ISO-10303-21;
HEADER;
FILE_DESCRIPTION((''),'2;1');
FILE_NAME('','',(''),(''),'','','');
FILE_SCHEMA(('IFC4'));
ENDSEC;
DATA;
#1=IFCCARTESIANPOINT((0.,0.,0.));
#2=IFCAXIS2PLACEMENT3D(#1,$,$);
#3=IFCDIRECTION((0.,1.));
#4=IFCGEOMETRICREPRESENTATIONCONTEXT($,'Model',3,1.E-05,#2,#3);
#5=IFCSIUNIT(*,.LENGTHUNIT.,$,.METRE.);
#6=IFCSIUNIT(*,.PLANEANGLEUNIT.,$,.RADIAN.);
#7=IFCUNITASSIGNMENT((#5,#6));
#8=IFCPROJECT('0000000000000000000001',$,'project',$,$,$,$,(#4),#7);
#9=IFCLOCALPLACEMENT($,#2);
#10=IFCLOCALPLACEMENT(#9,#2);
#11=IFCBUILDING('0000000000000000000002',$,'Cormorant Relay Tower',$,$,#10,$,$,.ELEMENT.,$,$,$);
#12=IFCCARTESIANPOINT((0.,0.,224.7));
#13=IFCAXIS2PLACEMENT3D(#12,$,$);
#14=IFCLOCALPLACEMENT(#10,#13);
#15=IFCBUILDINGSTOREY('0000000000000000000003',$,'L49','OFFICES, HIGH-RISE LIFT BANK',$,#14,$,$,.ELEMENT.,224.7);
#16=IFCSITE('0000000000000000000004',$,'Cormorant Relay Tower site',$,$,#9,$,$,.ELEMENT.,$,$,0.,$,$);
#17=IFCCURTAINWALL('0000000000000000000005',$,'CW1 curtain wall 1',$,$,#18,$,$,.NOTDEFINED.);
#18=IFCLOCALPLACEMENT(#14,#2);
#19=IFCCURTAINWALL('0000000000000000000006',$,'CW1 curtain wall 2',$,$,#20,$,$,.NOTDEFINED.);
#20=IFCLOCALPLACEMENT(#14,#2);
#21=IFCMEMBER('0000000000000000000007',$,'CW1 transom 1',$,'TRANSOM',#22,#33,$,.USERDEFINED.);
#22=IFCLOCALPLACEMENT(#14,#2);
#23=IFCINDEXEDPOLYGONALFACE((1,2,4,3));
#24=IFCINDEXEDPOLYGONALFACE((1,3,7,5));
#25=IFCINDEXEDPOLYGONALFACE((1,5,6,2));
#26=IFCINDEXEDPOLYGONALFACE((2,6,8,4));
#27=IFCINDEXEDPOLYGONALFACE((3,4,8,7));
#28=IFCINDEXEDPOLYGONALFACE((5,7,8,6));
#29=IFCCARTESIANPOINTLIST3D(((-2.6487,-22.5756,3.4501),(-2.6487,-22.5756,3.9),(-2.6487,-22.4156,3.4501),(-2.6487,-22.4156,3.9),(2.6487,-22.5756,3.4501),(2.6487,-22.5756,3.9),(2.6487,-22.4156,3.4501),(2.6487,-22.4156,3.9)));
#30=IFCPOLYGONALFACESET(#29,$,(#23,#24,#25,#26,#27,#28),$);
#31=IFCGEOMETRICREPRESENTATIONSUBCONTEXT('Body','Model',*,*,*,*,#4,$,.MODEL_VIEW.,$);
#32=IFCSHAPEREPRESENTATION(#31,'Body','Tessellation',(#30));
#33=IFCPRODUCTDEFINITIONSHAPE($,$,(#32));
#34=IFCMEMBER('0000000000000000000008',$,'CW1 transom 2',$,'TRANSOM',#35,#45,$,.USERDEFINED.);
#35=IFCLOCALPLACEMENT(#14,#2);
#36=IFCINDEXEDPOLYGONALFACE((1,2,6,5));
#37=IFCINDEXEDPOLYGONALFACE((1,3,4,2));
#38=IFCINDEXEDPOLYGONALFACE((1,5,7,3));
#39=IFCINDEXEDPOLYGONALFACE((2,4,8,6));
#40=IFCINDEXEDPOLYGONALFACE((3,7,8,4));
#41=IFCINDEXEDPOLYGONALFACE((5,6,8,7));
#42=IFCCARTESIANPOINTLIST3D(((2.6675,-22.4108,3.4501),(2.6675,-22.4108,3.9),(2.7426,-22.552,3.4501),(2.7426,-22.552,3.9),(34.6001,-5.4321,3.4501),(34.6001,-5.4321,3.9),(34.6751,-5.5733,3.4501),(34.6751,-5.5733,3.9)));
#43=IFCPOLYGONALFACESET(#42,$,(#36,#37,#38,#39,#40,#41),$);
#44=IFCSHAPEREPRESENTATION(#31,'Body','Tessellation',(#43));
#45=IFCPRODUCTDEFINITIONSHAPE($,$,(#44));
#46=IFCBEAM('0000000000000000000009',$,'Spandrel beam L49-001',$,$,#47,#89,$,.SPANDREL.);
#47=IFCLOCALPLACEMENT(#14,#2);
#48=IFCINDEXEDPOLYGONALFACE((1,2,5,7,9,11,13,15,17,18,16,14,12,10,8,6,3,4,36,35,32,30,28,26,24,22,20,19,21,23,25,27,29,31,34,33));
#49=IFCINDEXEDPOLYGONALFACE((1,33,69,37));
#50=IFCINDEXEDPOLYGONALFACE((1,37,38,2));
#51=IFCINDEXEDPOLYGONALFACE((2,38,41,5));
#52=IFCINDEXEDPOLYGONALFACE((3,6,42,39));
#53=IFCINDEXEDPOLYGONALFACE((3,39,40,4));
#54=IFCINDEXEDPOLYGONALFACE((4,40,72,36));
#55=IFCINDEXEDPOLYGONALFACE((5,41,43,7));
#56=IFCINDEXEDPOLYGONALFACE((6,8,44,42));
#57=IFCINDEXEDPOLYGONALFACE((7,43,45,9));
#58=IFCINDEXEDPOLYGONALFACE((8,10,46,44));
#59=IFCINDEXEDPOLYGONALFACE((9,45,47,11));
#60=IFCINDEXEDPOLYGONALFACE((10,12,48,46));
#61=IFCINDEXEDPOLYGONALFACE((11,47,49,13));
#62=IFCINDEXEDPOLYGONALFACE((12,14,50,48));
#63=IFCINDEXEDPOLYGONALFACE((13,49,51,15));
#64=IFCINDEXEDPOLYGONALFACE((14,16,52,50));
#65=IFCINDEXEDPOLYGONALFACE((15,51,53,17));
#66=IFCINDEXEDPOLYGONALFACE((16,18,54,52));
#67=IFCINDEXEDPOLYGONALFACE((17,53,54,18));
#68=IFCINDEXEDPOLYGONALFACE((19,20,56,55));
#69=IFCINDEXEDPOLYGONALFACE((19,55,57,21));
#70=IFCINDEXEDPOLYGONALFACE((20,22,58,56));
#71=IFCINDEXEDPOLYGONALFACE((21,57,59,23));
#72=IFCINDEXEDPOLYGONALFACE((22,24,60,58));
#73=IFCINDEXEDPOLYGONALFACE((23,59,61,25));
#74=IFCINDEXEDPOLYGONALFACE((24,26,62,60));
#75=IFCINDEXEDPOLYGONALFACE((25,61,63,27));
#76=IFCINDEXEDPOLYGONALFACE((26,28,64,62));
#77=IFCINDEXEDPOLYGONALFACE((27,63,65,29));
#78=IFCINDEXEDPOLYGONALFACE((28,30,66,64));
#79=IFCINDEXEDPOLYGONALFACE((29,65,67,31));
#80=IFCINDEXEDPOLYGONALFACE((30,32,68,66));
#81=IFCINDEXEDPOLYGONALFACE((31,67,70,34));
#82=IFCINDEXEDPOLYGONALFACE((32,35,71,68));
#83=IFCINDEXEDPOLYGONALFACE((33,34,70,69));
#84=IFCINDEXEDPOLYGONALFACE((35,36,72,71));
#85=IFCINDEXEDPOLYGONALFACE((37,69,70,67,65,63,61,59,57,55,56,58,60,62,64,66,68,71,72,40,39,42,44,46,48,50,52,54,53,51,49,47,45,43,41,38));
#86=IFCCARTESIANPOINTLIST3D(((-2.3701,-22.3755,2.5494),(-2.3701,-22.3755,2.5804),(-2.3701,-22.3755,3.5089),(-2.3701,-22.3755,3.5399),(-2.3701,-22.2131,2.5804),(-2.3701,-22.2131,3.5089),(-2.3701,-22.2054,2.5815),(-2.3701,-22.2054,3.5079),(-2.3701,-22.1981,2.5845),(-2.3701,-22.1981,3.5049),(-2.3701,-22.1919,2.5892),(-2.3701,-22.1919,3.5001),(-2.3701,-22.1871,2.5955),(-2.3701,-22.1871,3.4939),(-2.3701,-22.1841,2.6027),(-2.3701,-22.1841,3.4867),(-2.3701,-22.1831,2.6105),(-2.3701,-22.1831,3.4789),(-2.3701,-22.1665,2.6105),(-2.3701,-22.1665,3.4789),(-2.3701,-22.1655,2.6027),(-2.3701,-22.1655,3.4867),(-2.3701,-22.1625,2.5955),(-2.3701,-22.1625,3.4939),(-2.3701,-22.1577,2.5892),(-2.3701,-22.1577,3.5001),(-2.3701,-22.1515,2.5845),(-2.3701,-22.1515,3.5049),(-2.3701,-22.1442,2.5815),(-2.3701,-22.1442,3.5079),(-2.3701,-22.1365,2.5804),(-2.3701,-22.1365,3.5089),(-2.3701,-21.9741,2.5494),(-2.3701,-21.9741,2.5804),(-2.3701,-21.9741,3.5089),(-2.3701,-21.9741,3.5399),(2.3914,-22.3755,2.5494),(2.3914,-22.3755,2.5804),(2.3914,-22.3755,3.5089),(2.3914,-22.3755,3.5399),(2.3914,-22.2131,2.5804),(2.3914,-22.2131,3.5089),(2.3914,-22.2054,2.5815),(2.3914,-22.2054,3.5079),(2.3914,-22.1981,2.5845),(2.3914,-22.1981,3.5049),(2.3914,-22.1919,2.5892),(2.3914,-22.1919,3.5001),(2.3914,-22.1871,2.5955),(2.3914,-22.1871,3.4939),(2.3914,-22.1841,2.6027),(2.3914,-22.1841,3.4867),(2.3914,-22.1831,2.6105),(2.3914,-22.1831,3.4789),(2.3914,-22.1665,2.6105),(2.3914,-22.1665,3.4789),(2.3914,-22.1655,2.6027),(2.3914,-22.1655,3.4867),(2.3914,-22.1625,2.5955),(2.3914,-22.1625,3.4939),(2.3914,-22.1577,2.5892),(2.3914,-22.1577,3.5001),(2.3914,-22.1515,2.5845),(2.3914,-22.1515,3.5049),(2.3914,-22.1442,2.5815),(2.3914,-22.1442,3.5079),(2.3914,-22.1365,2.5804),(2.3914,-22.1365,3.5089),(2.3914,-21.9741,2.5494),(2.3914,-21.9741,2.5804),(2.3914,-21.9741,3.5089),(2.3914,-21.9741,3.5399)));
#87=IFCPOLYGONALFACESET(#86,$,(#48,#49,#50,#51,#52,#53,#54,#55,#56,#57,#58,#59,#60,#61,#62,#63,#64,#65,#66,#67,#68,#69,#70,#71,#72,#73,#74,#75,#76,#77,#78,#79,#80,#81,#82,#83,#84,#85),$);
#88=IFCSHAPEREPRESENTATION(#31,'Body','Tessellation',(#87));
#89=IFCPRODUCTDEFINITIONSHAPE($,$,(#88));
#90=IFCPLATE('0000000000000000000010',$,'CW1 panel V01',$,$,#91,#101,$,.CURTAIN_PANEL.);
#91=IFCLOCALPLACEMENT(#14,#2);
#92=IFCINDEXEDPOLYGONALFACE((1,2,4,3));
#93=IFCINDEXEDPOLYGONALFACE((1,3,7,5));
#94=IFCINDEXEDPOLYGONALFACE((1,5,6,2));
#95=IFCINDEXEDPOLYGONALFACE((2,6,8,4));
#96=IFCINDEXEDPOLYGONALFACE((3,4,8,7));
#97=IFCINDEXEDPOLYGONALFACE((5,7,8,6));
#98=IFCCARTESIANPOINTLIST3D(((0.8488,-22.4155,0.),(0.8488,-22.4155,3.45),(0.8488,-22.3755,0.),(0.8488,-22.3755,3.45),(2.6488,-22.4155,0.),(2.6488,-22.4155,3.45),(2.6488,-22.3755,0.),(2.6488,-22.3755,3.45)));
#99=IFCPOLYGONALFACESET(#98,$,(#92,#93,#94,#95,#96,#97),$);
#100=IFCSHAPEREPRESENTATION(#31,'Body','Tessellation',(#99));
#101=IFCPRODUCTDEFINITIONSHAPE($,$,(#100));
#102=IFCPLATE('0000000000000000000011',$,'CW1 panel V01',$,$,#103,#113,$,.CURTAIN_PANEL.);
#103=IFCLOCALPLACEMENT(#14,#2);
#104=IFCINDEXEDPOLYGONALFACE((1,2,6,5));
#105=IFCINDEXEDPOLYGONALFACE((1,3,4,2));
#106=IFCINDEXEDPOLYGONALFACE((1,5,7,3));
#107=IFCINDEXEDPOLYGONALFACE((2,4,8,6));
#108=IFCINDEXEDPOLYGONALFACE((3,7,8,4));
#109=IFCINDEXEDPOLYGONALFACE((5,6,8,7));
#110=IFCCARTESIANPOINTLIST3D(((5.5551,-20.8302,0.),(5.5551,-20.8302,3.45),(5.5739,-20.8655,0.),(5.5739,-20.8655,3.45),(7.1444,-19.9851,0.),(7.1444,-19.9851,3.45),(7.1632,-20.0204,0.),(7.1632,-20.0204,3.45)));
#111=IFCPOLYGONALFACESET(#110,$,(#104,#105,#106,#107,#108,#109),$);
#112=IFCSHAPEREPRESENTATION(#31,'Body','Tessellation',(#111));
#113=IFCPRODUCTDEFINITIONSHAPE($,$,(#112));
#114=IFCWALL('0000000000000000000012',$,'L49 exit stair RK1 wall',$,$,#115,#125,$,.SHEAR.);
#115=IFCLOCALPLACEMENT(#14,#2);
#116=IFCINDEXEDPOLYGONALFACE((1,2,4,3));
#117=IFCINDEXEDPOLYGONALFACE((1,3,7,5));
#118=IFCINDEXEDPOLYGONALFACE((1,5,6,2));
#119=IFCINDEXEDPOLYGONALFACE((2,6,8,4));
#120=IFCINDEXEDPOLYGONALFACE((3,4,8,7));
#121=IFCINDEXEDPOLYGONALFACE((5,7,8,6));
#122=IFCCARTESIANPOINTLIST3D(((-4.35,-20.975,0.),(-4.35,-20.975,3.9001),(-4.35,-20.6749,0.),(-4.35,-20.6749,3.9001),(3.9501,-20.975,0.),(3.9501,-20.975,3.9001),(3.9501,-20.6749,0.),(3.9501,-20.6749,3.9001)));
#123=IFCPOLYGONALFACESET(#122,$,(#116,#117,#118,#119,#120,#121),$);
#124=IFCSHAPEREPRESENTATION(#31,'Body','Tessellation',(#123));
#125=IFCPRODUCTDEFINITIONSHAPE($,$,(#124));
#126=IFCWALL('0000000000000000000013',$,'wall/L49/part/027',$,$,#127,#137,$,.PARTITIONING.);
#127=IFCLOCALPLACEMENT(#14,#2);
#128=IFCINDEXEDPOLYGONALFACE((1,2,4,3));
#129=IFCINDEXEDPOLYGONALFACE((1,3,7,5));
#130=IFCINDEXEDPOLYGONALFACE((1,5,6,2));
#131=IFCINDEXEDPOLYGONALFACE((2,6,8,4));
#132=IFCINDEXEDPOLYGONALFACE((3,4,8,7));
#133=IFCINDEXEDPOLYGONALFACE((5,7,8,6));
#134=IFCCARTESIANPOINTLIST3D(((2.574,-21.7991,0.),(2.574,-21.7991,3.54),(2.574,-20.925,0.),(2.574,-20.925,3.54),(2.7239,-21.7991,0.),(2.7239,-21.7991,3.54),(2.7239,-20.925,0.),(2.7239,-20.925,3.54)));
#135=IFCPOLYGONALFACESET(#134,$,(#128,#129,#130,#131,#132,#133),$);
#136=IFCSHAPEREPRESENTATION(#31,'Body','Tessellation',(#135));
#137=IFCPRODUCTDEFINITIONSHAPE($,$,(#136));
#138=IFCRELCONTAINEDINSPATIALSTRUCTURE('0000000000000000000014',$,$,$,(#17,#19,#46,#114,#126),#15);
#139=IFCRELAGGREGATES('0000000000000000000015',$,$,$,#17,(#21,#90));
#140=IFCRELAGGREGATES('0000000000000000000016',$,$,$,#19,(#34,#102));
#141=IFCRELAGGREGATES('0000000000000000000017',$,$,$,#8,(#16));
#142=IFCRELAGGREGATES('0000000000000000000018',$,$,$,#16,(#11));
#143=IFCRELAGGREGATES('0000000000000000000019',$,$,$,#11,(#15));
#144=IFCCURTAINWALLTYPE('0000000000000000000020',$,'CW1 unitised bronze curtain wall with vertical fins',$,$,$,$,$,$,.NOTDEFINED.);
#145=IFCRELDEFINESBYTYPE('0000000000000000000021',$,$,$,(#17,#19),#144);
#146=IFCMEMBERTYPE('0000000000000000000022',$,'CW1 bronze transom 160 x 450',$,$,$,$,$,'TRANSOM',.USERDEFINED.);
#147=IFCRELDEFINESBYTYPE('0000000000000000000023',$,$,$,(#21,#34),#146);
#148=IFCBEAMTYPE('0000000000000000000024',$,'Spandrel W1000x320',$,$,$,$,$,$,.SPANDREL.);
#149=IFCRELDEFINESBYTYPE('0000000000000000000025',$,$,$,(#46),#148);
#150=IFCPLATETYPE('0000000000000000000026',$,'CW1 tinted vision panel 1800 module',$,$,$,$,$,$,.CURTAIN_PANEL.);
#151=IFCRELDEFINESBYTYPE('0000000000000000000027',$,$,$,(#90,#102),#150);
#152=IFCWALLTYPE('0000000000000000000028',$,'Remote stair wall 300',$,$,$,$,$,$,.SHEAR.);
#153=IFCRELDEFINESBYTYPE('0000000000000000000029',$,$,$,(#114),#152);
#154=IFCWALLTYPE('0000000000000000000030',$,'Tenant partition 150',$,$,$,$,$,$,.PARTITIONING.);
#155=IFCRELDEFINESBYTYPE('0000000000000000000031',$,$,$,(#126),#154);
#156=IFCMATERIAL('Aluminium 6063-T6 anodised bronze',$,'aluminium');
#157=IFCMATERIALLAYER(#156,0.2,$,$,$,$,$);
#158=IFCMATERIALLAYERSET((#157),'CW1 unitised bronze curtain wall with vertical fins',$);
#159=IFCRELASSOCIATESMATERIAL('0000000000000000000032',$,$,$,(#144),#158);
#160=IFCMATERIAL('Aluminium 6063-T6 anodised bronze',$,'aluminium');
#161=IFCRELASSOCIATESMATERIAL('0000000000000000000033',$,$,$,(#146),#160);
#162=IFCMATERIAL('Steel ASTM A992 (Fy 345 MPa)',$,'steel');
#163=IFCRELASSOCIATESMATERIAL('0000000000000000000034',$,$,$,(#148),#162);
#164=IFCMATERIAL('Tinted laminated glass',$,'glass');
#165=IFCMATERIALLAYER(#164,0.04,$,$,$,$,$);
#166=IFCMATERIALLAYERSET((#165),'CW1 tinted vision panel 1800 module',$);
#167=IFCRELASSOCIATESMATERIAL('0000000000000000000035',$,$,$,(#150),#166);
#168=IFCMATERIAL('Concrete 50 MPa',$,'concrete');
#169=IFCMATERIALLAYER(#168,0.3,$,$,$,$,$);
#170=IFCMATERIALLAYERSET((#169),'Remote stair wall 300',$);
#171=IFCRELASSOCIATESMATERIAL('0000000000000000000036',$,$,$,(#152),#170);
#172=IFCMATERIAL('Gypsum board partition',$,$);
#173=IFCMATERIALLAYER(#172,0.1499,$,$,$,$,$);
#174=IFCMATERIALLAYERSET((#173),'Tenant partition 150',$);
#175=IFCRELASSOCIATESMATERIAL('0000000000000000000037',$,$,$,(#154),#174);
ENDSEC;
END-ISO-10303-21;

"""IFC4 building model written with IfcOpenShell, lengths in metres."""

from ifc_helpers import new_model, si_unit, direction, frame, frame_2d, origin, origin_2d, place, context, subcontext, project, spatial, rectangle, i_section, extrude, material, layer, layer_set, material_profile, profile_set, type_object, element, aggregate, save


model = new_model("IFC4")

# Units and contexts
model_context = context("Model", 3, precision=1e-05, world=origin(), true_north=direction((0.0, 1.0)))
body_context = subcontext(model_context, "Body", "Model", "MODEL_VIEW")
ifc_project = project(units=[si_unit("LENGTHUNIT", "METRE"), si_unit("PLANEANGLEUNIT", "RADIAN")], contexts=[model_context])

# Site, building, storey
site_placement = place(None, origin())
site = spatial("IfcSite", under=ifc_project, at=site_placement, Name="Cormorant Relay Tower site", CompositionType="ELEMENT", RefElevation=0.0)
building_placement = place(site_placement, origin())
building = spatial("IfcBuilding", under=site, at=building_placement, Name="Cormorant Relay Tower", CompositionType="ELEMENT")
storey_placement = place(building_placement, frame((0.0, 0.0, 224.7)))
storey = spatial("IfcBuildingStorey", under=building, at=storey_placement, Name="L49", Description="OFFICES, HIGH-RISE LIFT BANK", CompositionType="ELEMENT", Elevation=224.7)

# Curtain wall
ifc_material_1 = material(Name="Aluminium 6063-T6 anodised bronze", Category="aluminium")
ifc_layer_1 = layer(ifc_material_1, 0.2)
ifc_layer_set_1 = layer_set([ifc_layer_1], Name="CW1 unitised bronze curtain wall with vertical fins")
curtain_wall_type = type_object("IfcCurtainWallType", Name="CW1 unitised bronze curtain wall with vertical fins", PredefinedType="NOTDEFINED", material=ifc_layer_set_1)
curtain_wall_1_placement = place(storey_placement, origin())
curtain_wall_1 = element("IfcCurtainWall", 1, at=curtain_wall_1_placement, inside=storey, type_object=curtain_wall_type, Name="CW1 curtain wall 1", PredefinedType="NOTDEFINED")

# Curtain wall
curtain_wall_2_placement = place(storey_placement, origin())
curtain_wall_2 = element("IfcCurtainWall", 2, at=curtain_wall_2_placement, inside=storey, type_object=curtain_wall_type, Name="CW1 curtain wall 2", PredefinedType="NOTDEFINED")

# Members
ifc_material_2 = material(Name="Aluminium 6063-T6 anodised bronze", Category="aluminium")
ifc_material_profile_1 = material_profile(ifc_material_2, rectangle(XDim=0.1599, YDim=0.45, at=origin_2d()), Name="AL 160x450")
ifc_profile_set_1 = profile_set([ifc_material_profile_1], Name="Aluminium 6063-T6 anodised bronze")
member_type_1 = type_object("IfcMemberType", Name="CW1 bronze transom 160 x 450", ElementType="TRANSOM", PredefinedType="USERDEFINED", material=ifc_profile_set_1)
member_1_placement = place(storey_placement, frame((-2.6487, -22.4956, 3.675), z_axis=(1.0, 0.0, 0.0), x_axis=(0.0, 1.0, 0.0)))
member_1 = element("IfcMember", 3, at=member_1_placement, type_object=member_type_1, Name="CW1 transom 1", ObjectType="TRANSOM", PredefinedType="USERDEFINED", context=body_context, shape_type="SweptSolid", body=[
    extrude(rectangle(XDim=0.1599, YDim=0.45, at=origin_2d()), origin(), (0.0, 0.0, 1.0), 5.2974),
])
member_2_placement = place(storey_placement, frame((2.7051, -22.4814, 3.675), z_axis=(0.882949, 0.469469, 0.0), x_axis=(-0.469469, 0.882949, 0.0)))
member_2 = element("IfcMember", 4, at=member_2_placement, type_object=member_type_1, Name="CW1 transom 2", ObjectType="TRANSOM", PredefinedType="USERDEFINED", context=body_context, shape_type="SweptSolid", body=[
    extrude(rectangle(XDim=0.1599, YDim=0.45, at=origin_2d()), origin(), (0.0, 0.0, 1.0), 36.1658),
])

# Beam
ifc_material_3 = material(Name="Steel ASTM A992 (Fy 345 MPa)", Category="steel")
ifc_material_profile_2 = material_profile(ifc_material_3, i_section(OverallWidth=0.4014, OverallDepth=0.9905, WebThickness=0.0166, FlangeThickness=0.031, FilletRadius=0.03, at=origin_2d()), Name="W1000x320")
ifc_profile_set_2 = profile_set([ifc_material_profile_2], Name="Steel ASTM A992 (Fy 345 MPa)")
beam_type = type_object("IfcBeamType", Name="Spandrel W1000x320", PredefinedType="SPANDREL", material=ifc_profile_set_2)
beam_placement = place(storey_placement, frame((-2.3701, -22.1748, 3.0447), z_axis=(1.0, 0.0, 0.0), x_axis=(0.0, 1.0, 0.0)))
element("IfcBeam", 5, at=beam_placement, inside=storey, type_object=beam_type, Name="Spandrel beam L49-001", PredefinedType="SPANDREL", context=body_context, shape_type="SweptSolid", body=[
    extrude(i_section(OverallWidth=0.4014, OverallDepth=0.9905, WebThickness=0.0166, FlangeThickness=0.031, FilletRadius=0.03, at=origin_2d()), origin(), (0.0, 0.0, 1.0), 4.7615),
])

# Plates
ifc_material_4 = material(Name="Tinted laminated glass", Category="glass")
ifc_layer_2 = layer(ifc_material_4, 0.04)
ifc_layer_set_2 = layer_set([ifc_layer_2], Name="CW1 tinted vision panel 1800 module")
plate_type = type_object("IfcPlateType", Name="CW1 tinted vision panel 1800 module", PredefinedType="CURTAIN_PANEL", material=ifc_layer_set_2)
plate_1_placement = place(storey_placement, frame((1.7488, -22.3955, 0.0), z_axis=(0.0, 0.0, 1.0), x_axis=(1.0, 0.0, 0.0)))
plate_1 = element("IfcPlate", 6, at=plate_1_placement, type_object=plate_type, Name="CW1 panel V01", PredefinedType="CURTAIN_PANEL", context=body_context, shape_type="SweptSolid", body=[
    extrude(rectangle(XDim=1.8, YDim=0.04, at=origin_2d()), origin(), (0.0, 0.0, 1.0), 3.45),
])
plate_2_placement = place(storey_placement, frame((6.3591, -20.4253, 0.0), z_axis=(0.0, 0.0, 1.0), x_axis=(0.882948, 0.469472, 0.0)))
plate_2 = element("IfcPlate", 7, at=plate_2_placement, type_object=plate_type, Name="CW1 panel V01", PredefinedType="CURTAIN_PANEL", context=body_context, shape_type="SweptSolid", body=[
    extrude(rectangle(XDim=1.8, YDim=0.04, at=origin_2d()), origin(), (0.0, 0.0, 1.0), 3.45),
])

# Walls
ifc_material_5 = material(Name="Concrete 50 MPa", Category="concrete")
ifc_layer_3 = layer(ifc_material_5, 0.3)
ifc_layer_set_3 = layer_set([ifc_layer_3], Name="Remote stair wall 300")
wall_type_1 = type_object("IfcWallType", Name="Remote stair wall 300", PredefinedType="SHEAR", material=ifc_layer_set_3)
wall_1_placement = place(storey_placement, frame((3.95, -20.825, 0.0), z_axis=(0.0, 0.0, 1.0), x_axis=(-1.0, 0.0, 0.0)))
element("IfcWall", 8, at=wall_1_placement, inside=storey, type_object=wall_type_1, Name="L49 exit stair RK1 wall", PredefinedType="SHEAR", context=body_context, shape_type="SweptSolid", body=[
    extrude(rectangle(XDim=8.3, YDim=0.3, at=frame_2d((4.1499, 0.0))), origin(), (0.0, 0.0, 1.0), 3.9001),
])
ifc_material_6 = material(Name="Gypsum board partition")
ifc_layer_4 = layer(ifc_material_6, 0.1499)
ifc_layer_set_4 = layer_set([ifc_layer_4], Name="Tenant partition 150")
wall_type_2 = type_object("IfcWallType", Name="Tenant partition 150", PredefinedType="PARTITIONING", material=ifc_layer_set_4)
wall_2_placement = place(storey_placement, frame((2.6489, -21.7991, 0.0), z_axis=(0.0, 0.0, 1.0), x_axis=(0.0, 1.0, 0.0)))
element("IfcWall", 9, at=wall_2_placement, inside=storey, type_object=wall_type_2, Name="wall/L49/part/027", PredefinedType="PARTITIONING", context=body_context, shape_type="SweptSolid", body=[
    extrude(rectangle(XDim=0.874, YDim=0.1499, at=frame_2d((0.437, 0.0))), origin(), (0.0, 0.0, 1.0), 3.54),
])

aggregate(curtain_wall_1, [member_1, plate_1])
aggregate(curtain_wall_2, [member_2, plate_2])

save(model, "model.ifc")
